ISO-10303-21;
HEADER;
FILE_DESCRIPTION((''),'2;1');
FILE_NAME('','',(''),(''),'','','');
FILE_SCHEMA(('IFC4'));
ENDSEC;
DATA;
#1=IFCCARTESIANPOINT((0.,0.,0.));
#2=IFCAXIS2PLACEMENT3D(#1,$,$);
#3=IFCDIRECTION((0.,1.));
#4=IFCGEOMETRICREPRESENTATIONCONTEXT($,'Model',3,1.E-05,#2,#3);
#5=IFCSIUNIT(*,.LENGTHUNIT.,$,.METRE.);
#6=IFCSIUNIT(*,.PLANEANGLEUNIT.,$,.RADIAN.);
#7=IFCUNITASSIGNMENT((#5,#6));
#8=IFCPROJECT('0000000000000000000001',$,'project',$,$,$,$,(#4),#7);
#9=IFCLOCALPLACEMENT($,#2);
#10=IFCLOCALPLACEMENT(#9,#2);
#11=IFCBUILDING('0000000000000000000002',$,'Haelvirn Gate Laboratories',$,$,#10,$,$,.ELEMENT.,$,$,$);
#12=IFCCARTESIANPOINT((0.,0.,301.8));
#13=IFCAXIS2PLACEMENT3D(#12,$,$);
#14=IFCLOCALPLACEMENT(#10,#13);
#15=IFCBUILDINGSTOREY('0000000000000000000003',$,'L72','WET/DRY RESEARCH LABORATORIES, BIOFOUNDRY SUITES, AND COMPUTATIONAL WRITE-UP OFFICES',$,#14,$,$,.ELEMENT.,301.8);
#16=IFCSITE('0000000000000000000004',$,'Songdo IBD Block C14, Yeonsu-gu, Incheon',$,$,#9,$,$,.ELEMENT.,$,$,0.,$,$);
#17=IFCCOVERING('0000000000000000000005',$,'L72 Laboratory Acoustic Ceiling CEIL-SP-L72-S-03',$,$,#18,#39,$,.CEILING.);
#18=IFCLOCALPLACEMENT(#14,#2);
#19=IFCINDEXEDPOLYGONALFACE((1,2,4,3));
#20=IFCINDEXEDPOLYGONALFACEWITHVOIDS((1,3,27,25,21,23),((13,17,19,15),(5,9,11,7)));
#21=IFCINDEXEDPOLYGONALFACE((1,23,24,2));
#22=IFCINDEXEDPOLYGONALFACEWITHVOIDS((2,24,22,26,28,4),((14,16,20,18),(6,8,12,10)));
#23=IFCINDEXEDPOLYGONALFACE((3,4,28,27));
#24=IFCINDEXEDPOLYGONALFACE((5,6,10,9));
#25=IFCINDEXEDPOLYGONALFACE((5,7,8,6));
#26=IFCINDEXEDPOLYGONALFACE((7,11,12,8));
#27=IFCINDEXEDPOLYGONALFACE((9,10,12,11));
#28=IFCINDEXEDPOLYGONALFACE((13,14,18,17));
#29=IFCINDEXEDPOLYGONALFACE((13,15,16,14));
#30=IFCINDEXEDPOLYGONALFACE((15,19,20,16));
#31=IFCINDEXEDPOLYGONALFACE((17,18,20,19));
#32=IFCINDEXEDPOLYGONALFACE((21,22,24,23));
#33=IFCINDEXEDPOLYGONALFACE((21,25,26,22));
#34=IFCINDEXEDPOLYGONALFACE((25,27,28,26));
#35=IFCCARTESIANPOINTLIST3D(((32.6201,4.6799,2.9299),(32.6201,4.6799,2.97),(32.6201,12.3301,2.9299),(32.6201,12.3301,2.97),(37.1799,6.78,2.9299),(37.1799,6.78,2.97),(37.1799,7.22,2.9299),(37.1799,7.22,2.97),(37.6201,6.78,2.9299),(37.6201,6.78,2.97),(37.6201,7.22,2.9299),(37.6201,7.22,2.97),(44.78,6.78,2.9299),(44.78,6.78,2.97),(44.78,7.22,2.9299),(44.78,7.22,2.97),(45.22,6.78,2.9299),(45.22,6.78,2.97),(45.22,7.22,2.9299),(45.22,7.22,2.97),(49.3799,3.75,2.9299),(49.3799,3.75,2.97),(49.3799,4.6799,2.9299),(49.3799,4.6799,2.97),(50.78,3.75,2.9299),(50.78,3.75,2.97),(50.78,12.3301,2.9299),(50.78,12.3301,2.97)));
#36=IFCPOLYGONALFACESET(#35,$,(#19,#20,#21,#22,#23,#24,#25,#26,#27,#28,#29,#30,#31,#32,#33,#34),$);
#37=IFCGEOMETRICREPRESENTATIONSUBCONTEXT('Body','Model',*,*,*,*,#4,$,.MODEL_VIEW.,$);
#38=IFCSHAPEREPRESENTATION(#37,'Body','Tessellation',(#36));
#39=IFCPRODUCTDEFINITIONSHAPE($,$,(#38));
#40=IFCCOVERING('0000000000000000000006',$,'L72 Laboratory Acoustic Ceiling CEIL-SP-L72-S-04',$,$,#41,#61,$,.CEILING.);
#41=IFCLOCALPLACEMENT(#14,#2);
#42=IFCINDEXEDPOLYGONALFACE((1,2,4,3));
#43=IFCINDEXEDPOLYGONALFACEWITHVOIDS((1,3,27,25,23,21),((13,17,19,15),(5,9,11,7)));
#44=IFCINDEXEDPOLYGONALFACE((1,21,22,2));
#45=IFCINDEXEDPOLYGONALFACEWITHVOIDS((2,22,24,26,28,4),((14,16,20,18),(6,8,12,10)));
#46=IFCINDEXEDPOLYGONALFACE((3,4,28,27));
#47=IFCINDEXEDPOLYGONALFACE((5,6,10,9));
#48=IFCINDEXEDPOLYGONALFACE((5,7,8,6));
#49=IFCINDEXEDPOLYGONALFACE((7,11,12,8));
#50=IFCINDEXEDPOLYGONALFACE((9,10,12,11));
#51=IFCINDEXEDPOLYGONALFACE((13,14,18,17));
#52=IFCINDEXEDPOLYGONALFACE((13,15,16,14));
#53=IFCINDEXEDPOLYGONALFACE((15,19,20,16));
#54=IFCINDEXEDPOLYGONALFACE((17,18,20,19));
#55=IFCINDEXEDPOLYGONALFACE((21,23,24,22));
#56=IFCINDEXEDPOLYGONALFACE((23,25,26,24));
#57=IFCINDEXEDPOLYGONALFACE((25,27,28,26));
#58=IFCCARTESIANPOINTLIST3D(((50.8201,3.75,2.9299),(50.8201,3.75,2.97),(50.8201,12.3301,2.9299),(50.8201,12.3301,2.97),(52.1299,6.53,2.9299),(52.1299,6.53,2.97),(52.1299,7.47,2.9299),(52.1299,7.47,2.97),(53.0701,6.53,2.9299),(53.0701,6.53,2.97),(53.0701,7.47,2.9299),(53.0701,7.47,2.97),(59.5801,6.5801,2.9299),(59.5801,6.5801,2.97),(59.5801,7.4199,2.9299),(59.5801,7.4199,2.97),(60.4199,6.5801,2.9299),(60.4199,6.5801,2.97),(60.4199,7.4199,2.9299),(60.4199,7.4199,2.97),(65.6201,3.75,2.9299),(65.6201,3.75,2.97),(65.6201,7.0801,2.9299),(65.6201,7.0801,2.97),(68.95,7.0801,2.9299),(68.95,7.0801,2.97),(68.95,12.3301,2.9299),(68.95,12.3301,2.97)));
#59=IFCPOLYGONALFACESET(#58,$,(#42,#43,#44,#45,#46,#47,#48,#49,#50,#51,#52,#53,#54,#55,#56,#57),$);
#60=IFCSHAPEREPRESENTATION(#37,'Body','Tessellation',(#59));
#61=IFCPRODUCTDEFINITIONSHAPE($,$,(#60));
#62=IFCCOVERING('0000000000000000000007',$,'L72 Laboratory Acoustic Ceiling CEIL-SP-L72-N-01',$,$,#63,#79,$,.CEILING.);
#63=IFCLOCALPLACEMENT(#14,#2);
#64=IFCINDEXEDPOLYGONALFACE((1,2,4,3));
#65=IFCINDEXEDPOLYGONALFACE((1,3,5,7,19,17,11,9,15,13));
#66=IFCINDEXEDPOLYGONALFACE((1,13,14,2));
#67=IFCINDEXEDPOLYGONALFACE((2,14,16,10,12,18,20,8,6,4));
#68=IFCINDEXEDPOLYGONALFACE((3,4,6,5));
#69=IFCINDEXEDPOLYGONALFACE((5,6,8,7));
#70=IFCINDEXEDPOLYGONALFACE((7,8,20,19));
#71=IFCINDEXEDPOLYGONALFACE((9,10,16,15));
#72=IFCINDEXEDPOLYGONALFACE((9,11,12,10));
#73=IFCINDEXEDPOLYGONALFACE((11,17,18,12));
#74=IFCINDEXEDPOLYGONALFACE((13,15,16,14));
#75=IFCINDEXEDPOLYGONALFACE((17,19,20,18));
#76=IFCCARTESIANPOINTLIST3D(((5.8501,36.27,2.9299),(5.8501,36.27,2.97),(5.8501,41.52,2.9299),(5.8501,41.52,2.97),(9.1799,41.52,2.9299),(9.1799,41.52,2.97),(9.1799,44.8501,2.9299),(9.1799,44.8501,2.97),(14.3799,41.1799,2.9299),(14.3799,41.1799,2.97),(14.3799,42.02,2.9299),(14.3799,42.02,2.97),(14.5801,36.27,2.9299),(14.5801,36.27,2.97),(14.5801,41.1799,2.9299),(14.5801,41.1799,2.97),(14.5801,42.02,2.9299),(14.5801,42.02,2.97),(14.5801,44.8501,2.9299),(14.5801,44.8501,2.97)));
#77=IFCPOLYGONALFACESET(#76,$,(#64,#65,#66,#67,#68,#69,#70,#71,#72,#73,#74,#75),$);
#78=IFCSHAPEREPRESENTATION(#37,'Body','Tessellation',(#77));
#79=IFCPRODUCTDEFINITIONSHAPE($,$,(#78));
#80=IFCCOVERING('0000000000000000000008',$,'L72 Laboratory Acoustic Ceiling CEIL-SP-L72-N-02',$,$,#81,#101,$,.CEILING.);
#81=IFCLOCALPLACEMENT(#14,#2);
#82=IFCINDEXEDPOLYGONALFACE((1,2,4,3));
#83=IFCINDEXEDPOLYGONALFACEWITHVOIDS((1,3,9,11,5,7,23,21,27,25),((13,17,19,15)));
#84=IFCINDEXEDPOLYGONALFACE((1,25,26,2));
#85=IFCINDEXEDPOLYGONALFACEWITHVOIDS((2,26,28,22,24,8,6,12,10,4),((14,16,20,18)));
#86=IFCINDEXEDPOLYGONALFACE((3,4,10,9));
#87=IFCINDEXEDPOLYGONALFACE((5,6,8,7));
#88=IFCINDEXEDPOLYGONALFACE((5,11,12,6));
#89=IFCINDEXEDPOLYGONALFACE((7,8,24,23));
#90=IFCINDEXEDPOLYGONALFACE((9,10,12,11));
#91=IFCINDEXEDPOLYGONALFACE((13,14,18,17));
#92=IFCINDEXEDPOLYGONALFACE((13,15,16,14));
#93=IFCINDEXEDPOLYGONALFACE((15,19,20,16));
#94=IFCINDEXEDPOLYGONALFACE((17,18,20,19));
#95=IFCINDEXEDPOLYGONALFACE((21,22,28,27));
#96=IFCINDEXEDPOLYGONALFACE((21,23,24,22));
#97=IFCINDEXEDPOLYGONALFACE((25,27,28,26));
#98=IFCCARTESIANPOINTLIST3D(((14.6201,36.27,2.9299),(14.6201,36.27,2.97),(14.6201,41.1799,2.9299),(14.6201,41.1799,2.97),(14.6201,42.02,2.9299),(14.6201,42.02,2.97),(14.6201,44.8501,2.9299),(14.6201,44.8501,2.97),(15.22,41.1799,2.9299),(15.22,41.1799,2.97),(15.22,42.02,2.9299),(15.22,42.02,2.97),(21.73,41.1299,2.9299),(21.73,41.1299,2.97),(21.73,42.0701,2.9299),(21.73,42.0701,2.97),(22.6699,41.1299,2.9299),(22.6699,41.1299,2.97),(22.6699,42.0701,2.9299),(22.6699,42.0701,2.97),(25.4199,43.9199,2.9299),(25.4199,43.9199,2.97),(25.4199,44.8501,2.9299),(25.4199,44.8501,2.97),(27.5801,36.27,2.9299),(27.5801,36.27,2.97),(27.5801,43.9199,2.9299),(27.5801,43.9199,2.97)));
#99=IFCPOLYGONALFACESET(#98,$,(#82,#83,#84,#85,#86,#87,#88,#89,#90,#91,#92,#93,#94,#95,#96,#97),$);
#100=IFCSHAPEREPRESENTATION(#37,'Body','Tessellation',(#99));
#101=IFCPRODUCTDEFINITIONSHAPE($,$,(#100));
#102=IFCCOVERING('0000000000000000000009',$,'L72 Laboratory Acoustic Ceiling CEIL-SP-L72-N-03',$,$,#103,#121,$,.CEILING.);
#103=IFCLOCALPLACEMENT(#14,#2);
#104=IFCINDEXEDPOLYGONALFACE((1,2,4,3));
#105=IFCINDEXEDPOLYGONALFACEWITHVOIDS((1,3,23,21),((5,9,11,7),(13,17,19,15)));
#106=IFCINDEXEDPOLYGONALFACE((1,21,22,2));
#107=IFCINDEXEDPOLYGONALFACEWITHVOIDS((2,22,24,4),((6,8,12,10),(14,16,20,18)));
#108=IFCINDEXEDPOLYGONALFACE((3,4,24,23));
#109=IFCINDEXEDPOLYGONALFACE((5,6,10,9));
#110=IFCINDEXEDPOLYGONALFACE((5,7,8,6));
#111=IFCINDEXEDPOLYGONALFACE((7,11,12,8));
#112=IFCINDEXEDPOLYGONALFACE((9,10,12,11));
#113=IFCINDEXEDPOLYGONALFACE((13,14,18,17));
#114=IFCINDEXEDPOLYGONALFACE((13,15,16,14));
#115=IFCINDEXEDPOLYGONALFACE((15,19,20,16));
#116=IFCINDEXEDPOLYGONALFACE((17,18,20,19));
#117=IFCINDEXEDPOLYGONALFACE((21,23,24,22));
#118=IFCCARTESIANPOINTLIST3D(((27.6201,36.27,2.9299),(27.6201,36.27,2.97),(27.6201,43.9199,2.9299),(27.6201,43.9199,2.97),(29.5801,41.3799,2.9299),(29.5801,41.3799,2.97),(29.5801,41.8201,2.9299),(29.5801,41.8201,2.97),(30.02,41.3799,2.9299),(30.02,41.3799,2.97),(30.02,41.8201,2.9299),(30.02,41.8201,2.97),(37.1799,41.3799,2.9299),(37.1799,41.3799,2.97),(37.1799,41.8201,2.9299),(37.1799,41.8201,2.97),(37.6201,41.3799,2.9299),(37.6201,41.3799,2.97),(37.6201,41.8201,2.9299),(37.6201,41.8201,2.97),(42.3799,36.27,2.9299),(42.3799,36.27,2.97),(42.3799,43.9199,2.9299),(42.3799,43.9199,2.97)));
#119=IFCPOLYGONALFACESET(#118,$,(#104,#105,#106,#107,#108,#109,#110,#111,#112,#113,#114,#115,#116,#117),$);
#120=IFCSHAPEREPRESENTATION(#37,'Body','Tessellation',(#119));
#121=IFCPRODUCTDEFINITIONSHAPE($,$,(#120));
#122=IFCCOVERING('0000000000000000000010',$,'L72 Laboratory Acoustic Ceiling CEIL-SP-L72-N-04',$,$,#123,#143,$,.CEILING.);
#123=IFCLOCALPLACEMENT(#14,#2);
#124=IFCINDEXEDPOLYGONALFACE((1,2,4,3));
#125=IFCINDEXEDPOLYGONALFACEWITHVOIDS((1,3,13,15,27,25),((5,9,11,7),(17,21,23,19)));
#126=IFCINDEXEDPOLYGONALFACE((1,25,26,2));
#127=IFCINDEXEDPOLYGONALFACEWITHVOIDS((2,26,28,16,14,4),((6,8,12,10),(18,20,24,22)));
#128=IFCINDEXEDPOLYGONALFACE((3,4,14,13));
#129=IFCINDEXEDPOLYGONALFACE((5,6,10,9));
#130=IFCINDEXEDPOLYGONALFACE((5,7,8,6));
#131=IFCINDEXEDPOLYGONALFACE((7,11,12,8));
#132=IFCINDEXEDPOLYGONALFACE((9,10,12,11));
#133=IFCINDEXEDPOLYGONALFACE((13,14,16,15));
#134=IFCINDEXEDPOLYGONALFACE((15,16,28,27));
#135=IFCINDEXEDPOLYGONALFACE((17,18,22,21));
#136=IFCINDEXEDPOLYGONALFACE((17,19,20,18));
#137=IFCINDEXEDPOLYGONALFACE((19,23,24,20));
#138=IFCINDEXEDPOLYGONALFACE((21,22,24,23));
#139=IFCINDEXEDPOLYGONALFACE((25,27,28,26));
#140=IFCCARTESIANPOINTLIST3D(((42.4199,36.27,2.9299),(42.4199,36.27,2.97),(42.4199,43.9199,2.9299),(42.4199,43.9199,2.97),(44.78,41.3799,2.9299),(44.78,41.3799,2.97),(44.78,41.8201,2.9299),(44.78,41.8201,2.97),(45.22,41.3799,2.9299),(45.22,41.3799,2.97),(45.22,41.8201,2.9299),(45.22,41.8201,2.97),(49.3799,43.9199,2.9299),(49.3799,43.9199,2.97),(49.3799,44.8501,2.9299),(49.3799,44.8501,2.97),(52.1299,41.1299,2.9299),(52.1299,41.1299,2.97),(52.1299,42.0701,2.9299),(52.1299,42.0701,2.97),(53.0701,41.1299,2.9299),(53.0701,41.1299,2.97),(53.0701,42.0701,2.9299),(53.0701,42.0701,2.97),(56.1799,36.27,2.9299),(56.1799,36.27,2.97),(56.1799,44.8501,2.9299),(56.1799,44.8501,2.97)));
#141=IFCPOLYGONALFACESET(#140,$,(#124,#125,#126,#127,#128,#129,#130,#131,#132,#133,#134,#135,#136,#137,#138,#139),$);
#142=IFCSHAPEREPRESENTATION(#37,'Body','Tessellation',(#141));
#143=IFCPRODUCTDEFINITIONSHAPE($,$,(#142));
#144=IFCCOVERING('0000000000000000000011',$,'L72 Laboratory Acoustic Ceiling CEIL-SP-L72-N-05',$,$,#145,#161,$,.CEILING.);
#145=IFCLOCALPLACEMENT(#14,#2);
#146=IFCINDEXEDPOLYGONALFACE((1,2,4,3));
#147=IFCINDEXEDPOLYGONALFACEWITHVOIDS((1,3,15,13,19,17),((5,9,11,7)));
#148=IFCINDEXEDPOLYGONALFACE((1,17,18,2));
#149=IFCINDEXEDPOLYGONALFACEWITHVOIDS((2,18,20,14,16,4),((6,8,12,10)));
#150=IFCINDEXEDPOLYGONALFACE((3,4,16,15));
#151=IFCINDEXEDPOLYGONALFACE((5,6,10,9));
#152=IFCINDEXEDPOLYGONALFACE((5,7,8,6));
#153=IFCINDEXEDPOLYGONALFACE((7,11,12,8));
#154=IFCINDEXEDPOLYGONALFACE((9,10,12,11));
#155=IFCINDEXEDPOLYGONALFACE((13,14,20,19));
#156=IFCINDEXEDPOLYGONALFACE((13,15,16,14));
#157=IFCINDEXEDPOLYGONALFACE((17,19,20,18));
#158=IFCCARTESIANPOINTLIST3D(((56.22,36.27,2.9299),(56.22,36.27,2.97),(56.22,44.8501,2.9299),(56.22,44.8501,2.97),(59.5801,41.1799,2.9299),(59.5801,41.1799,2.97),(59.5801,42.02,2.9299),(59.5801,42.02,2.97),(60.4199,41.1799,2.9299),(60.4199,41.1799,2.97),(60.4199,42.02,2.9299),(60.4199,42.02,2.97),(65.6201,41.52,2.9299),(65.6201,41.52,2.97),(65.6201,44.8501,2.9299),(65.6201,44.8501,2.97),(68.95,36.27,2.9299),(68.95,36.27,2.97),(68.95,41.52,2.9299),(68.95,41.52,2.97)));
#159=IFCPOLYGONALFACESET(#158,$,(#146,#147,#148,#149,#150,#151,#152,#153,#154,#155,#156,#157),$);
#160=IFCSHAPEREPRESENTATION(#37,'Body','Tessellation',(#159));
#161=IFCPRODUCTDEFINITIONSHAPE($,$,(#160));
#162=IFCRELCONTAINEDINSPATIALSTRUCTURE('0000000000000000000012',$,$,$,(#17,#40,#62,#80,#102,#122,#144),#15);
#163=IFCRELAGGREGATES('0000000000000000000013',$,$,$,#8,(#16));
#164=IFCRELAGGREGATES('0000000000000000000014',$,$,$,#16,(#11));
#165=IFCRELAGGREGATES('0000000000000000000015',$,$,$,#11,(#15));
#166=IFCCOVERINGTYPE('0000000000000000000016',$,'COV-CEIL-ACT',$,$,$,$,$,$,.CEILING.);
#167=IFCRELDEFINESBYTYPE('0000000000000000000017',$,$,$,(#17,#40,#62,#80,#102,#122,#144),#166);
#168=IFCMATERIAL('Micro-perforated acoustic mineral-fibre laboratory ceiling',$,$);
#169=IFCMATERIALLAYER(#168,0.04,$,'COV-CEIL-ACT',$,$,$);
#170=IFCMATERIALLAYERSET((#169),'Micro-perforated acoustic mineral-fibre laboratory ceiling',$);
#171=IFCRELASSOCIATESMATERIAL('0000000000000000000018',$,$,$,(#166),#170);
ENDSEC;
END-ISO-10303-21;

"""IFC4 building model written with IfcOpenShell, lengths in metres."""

from ifc_helpers import new_model, si_unit, direction, frame, origin, place, context, subcontext, project, spatial, polyline, outline, extrude, material, layer, layer_set, type_object, element, save


model = new_model("IFC4")

# Units and contexts
model_context = context("Model", 3, precision=1e-05, world=origin(), true_north=direction((0.0, 1.0)))
body_context = subcontext(model_context, "Body", "Model", "MODEL_VIEW")
ifc_project = project(units=[si_unit("LENGTHUNIT", "METRE"), si_unit("PLANEANGLEUNIT", "RADIAN")], contexts=[model_context])

# Site, building, storey
site_placement = place(None, origin())
site = spatial("IfcSite", under=ifc_project, at=site_placement, Name="Songdo IBD Block C14, Yeonsu-gu, Incheon", CompositionType="ELEMENT", RefElevation=0.0)
building_placement = place(site_placement, origin())
building = spatial("IfcBuilding", under=site, at=building_placement, Name="Haelvirn Gate Laboratories", CompositionType="ELEMENT")
storey_placement = place(building_placement, frame((0.0, 0.0, 301.8)))
storey = spatial("IfcBuildingStorey", under=building, at=storey_placement, Name="L72", Description="WET/DRY RESEARCH LABORATORIES, BIOFOUNDRY SUITES, AND COMPUTATIONAL WRITE-UP OFFICES", CompositionType="ELEMENT", Elevation=301.8)

# Coverings
ifc_material_1 = material(Name="Micro-perforated acoustic mineral-fibre laboratory ceiling")
ifc_layer_1 = layer(ifc_material_1, 0.04, Name="COV-CEIL-ACT")
ifc_layer_set_1 = layer_set([ifc_layer_1], Name="Micro-perforated acoustic mineral-fibre laboratory ceiling")
covering_type = type_object("IfcCoveringType", Name="COV-CEIL-ACT", PredefinedType="CEILING", material=ifc_layer_set_1)
covering_1_placement = place(storey_placement, frame((0.0, 0.0, 2.9299)))
element("IfcCovering", 1, at=covering_1_placement, inside=storey, type_object=covering_type, Name="L72 Laboratory Acoustic Ceiling CEIL-SP-L72-S-03", PredefinedType="CEILING", context=body_context, shape_type="SweptSolid", body=[
    extrude(outline(polyline([(32.6201, 4.6799), (32.6201, 12.3301), (50.78, 12.3301), (50.78, 3.75), (49.3799, 3.75), (49.3799, 4.6799), (32.6201, 4.6799)]), holes=[polyline([(37.1799, 7.22), (37.1799, 6.78), (37.6201, 6.78), (37.6201, 7.22), (37.1799, 7.22)]), polyline([(45.22, 7.22), (44.78, 7.22), (44.78, 6.78), (45.22, 6.78), (45.22, 7.22)])]), origin(), (0.0, 0.0, 1.0), 0.04),
])
covering_2_placement = place(storey_placement, frame((0.0, 0.0, 2.9299)))
element("IfcCovering", 2, at=covering_2_placement, inside=storey, type_object=covering_type, Name="L72 Laboratory Acoustic Ceiling CEIL-SP-L72-S-04", PredefinedType="CEILING", context=body_context, shape_type="SweptSolid", body=[
    extrude(outline(polyline([(50.8201, 3.75), (50.8201, 12.3301), (68.95, 12.3301), (68.95, 7.0801), (65.6201, 7.0801), (65.6201, 3.75), (50.8201, 3.75)]), holes=[polyline([(52.1299, 7.47), (52.1299, 6.53), (53.0701, 6.53), (53.0701, 7.47), (52.1299, 7.47)]), polyline([(60.4199, 7.4199), (59.5801, 7.4199), (59.5801, 6.5801), (60.4199, 6.5801), (60.4199, 7.4199)])]), origin(), (0.0, 0.0, 1.0), 0.04),
])
covering_3_placement = place(storey_placement, frame((0.0, 0.0, 2.9299)))
element("IfcCovering", 3, at=covering_3_placement, inside=storey, type_object=covering_type, Name="L72 Laboratory Acoustic Ceiling CEIL-SP-L72-N-01", PredefinedType="CEILING", context=body_context, shape_type="SweptSolid", body=[
    extrude(outline(polyline([(9.1799, 44.8501), (14.5801, 44.8501), (14.5801, 42.02), (14.3799, 42.02), (14.3799, 41.1799), (14.5801, 41.1799), (14.5801, 36.27), (5.8501, 36.27), (5.8501, 41.52), (9.1799, 41.52), (9.1799, 44.8501)])), origin(), (0.0, 0.0, 1.0), 0.04),
])
covering_4_placement = place(storey_placement, frame((0.0, 0.0, 2.9299)))
element("IfcCovering", 4, at=covering_4_placement, inside=storey, type_object=covering_type, Name="L72 Laboratory Acoustic Ceiling CEIL-SP-L72-N-02", PredefinedType="CEILING", context=body_context, shape_type="SweptSolid", body=[
    extrude(outline(polyline([(25.4199, 44.8501), (25.4199, 43.9199), (27.5801, 43.9199), (27.5801, 36.27), (14.6201, 36.27), (14.6201, 41.1799), (15.22, 41.1799), (15.22, 42.02), (14.6201, 42.02), (14.6201, 44.8501), (25.4199, 44.8501)]), holes=[polyline([(22.6699, 42.0701), (21.73, 42.0701), (21.73, 41.1299), (22.6699, 41.1299), (22.6699, 42.0701)])]), origin(), (0.0, 0.0, 1.0), 0.04),
])
covering_5_placement = place(storey_placement, frame((0.0, 0.0, 2.9299)))
element("IfcCovering", 5, at=covering_5_placement, inside=storey, type_object=covering_type, Name="L72 Laboratory Acoustic Ceiling CEIL-SP-L72-N-03", PredefinedType="CEILING", context=body_context, shape_type="SweptSolid", body=[
    extrude(outline(polyline([(27.6201, 36.27), (27.6201, 43.9199), (42.3799, 43.9199), (42.3799, 36.27), (27.6201, 36.27)]), holes=[polyline([(29.5801, 41.8201), (29.5801, 41.3799), (30.02, 41.3799), (30.02, 41.8201), (29.5801, 41.8201)]), polyline([(37.6201, 41.8201), (37.1799, 41.8201), (37.1799, 41.3799), (37.6201, 41.3799), (37.6201, 41.8201)])]), origin(), (0.0, 0.0, 1.0), 0.04),
])
covering_6_placement = place(storey_placement, frame((0.0, 0.0, 2.9299)))
element("IfcCovering", 6, at=covering_6_placement, inside=storey, type_object=covering_type, Name="L72 Laboratory Acoustic Ceiling CEIL-SP-L72-N-04", PredefinedType="CEILING", context=body_context, shape_type="SweptSolid", body=[
    extrude(outline(polyline([(49.3799, 44.8501), (56.1799, 44.8501), (56.1799, 36.27), (42.4199, 36.27), (42.4199, 43.9199), (49.3799, 43.9199), (49.3799, 44.8501)]), holes=[polyline([(52.1299, 42.0701), (52.1299, 41.1299), (53.0701, 41.1299), (53.0701, 42.0701), (52.1299, 42.0701)]), polyline([(45.22, 41.8201), (44.78, 41.8201), (44.78, 41.3799), (45.22, 41.3799), (45.22, 41.8201)])]), origin(), (0.0, 0.0, 1.0), 0.04),
])
covering_7_placement = place(storey_placement, frame((0.0, 0.0, 2.9299)))
element("IfcCovering", 7, at=covering_7_placement, inside=storey, type_object=covering_type, Name="L72 Laboratory Acoustic Ceiling CEIL-SP-L72-N-05", PredefinedType="CEILING", context=body_context, shape_type="SweptSolid", body=[
    extrude(outline(polyline([(65.6201, 44.8501), (65.6201, 41.52), (68.95, 41.52), (68.95, 36.27), (56.22, 36.27), (56.22, 44.8501), (65.6201, 44.8501)]), holes=[polyline([(60.4199, 42.02), (59.5801, 42.02), (59.5801, 41.1799), (60.4199, 41.1799), (60.4199, 42.02)])]), origin(), (0.0, 0.0, 1.0), 0.04),
])

save(model, "model.ifc")
